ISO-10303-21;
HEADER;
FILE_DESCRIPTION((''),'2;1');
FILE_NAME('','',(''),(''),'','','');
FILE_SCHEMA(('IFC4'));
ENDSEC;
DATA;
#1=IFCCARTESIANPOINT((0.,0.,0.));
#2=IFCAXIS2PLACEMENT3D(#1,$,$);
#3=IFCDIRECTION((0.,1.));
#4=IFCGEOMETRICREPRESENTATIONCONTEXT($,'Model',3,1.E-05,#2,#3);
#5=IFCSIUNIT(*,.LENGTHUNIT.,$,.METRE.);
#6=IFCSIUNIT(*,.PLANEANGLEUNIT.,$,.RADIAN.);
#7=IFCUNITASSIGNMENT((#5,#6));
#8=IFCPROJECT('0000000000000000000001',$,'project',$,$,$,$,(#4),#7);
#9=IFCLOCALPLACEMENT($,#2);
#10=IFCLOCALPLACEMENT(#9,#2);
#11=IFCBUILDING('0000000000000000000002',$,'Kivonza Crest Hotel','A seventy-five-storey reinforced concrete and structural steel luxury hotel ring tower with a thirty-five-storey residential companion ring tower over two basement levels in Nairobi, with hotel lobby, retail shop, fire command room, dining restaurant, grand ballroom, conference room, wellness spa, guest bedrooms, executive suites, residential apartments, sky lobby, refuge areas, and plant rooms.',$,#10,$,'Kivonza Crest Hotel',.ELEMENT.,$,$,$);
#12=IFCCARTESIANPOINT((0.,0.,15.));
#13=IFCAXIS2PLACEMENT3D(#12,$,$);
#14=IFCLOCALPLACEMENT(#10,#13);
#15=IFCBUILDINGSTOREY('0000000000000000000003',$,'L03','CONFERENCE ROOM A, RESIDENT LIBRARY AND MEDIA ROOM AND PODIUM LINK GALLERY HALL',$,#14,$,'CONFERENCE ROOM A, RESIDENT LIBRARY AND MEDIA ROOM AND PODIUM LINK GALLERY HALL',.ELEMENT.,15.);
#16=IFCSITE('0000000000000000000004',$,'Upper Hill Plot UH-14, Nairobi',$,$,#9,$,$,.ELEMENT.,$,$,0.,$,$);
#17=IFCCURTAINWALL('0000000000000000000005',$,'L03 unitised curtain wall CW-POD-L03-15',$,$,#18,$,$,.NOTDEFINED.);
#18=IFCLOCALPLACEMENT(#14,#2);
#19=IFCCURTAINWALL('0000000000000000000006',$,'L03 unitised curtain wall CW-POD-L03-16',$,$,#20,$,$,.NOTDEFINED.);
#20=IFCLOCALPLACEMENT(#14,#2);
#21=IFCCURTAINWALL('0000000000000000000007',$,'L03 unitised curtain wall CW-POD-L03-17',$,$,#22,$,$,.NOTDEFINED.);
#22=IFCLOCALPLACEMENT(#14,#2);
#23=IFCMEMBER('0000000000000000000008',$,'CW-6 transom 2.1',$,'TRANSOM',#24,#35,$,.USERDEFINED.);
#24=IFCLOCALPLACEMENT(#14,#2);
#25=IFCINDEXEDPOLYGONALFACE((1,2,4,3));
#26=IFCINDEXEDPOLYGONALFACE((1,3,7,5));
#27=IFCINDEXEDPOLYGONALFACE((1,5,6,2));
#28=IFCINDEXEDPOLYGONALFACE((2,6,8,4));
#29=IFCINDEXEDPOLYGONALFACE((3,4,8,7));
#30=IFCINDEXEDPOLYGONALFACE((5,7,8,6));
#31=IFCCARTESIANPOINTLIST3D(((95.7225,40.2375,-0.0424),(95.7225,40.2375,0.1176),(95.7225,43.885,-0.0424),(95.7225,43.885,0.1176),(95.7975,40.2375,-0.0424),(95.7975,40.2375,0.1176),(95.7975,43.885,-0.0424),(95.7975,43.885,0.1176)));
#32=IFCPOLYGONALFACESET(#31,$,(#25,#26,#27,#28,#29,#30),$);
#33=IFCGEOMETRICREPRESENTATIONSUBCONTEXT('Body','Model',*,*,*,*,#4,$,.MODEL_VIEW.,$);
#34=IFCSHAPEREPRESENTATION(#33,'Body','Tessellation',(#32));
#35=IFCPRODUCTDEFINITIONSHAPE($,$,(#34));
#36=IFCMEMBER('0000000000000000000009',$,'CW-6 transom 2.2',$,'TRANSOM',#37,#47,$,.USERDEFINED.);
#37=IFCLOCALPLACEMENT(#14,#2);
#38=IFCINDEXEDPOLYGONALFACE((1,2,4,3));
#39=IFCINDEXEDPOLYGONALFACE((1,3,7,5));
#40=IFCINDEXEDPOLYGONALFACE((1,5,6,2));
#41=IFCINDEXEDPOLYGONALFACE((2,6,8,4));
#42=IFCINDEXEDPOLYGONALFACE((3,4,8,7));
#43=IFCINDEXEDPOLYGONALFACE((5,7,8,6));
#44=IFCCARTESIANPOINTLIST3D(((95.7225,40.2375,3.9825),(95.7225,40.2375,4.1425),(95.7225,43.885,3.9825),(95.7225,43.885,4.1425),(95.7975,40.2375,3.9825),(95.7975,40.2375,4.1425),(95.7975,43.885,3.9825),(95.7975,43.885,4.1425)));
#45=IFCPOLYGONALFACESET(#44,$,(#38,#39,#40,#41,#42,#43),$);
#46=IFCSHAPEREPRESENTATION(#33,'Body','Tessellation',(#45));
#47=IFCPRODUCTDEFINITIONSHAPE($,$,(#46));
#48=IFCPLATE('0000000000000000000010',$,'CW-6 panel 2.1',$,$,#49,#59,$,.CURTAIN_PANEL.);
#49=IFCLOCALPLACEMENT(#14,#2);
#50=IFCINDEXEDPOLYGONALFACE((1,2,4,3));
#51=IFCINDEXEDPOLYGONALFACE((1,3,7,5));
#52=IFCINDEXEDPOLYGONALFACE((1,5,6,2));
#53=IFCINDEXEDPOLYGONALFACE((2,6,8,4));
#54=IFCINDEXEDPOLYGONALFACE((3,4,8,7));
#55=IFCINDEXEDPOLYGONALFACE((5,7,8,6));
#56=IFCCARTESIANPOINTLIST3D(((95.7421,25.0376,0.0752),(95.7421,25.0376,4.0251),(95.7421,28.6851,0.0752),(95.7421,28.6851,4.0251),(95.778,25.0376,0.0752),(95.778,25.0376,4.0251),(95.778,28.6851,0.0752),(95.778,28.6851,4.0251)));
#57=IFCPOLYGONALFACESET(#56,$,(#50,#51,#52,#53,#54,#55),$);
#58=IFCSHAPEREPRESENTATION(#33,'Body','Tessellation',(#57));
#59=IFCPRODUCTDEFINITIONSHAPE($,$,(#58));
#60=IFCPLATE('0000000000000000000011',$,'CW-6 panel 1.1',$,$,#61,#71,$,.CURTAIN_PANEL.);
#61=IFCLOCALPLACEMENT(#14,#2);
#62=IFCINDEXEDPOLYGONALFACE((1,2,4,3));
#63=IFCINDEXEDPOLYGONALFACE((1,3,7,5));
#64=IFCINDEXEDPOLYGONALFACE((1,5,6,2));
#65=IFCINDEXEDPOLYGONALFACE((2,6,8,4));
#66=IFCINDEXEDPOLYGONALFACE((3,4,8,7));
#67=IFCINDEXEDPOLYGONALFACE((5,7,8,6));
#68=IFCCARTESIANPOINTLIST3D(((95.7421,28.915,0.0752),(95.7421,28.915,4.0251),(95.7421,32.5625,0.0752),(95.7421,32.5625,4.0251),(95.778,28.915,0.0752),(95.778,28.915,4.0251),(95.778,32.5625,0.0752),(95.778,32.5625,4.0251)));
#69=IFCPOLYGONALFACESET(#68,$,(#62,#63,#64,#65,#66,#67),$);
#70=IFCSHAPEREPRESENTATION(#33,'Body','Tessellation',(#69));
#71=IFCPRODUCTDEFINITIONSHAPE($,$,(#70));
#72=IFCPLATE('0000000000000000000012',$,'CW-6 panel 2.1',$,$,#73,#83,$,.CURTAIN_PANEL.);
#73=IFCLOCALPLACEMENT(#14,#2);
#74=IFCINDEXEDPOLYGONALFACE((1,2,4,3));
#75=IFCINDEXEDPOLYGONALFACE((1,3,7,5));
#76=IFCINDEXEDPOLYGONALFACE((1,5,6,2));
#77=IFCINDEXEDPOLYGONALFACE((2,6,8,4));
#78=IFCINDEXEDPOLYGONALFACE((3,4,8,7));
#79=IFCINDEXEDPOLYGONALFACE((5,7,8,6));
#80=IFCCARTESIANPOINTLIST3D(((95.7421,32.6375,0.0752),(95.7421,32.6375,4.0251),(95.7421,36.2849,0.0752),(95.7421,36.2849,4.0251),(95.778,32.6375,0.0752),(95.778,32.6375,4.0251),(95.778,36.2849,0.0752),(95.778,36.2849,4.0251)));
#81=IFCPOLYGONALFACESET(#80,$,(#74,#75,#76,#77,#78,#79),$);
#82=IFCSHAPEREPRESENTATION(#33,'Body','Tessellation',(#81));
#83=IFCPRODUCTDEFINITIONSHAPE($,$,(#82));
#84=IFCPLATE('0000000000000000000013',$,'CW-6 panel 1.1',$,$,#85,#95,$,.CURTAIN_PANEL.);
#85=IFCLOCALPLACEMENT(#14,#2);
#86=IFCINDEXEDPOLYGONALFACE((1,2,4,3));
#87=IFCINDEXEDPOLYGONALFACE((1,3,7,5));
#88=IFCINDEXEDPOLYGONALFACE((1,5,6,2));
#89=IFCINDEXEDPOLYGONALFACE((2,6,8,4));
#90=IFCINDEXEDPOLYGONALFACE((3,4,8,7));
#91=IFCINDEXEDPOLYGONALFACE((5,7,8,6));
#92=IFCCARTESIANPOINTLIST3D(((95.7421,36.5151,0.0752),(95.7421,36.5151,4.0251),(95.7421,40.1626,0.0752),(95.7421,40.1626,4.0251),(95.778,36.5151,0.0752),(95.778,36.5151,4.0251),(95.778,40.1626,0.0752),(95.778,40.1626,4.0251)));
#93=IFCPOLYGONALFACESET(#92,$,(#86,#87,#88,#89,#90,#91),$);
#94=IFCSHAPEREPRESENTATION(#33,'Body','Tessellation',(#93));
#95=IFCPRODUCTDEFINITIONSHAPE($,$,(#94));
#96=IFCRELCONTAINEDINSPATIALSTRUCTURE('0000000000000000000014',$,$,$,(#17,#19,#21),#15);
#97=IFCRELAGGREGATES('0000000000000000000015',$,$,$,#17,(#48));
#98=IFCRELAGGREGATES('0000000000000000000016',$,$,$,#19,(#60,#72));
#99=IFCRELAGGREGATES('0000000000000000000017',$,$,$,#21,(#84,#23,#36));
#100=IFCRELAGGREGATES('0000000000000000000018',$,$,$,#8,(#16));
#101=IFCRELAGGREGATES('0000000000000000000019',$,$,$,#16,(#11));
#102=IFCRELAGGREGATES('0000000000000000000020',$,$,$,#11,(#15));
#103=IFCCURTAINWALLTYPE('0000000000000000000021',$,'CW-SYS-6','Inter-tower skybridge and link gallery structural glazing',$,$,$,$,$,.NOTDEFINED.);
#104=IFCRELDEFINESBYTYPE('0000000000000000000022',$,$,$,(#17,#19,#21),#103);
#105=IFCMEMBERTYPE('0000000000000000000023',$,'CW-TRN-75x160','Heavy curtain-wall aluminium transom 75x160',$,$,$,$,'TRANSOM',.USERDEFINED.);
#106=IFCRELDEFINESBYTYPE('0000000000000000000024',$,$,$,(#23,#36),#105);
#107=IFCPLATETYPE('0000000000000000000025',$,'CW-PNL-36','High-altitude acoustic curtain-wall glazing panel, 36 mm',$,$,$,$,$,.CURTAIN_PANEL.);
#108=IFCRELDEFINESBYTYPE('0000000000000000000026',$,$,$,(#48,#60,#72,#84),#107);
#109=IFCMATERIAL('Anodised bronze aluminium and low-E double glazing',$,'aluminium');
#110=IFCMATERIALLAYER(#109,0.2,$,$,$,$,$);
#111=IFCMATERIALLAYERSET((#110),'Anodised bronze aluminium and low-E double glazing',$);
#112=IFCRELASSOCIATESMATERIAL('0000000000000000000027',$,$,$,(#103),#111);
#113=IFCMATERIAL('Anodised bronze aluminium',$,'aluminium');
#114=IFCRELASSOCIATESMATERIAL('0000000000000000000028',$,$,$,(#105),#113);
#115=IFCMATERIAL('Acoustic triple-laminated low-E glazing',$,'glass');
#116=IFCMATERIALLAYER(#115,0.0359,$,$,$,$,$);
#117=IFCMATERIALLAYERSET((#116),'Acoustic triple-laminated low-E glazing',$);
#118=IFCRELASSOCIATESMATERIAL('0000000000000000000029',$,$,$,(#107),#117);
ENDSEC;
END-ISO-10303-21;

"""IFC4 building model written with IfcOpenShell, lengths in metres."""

from ifc_helpers import new_model, si_unit, direction, frame, origin, origin_2d, place, context, subcontext, project, spatial, rectangle, extrude, material, layer, layer_set, material_profile, profile_set, type_object, element, aggregate, save


model = new_model("IFC4")

# Units and contexts
model_context = context("Model", 3, precision=1e-05, world=origin(), true_north=direction((0.0, 1.0)))
body_context = subcontext(model_context, "Body", "Model", "MODEL_VIEW")
ifc_project = project(units=[si_unit("LENGTHUNIT", "METRE"), si_unit("PLANEANGLEUNIT", "RADIAN")], contexts=[model_context])

# Site, building, storey
site_placement = place(None, origin())
site = spatial("IfcSite", under=ifc_project, at=site_placement, Name="Upper Hill Plot UH-14, Nairobi", CompositionType="ELEMENT", RefElevation=0.0)
building_placement = place(site_placement, origin())
building = spatial("IfcBuilding", under=site, at=building_placement, Name="Kivonza Crest Hotel", Description="A seventy-five-storey reinforced concrete and structural steel luxury hotel ring tower with a thirty-five-storey residential companion ring tower over two basement levels in Nairobi, with hotel lobby, retail shop, fire command room, dining restaurant, grand ballroom, conference room, wellness spa, guest bedrooms, executive suites, residential apartments, sky lobby, refuge areas, and plant rooms.", LongName="Kivonza Crest Hotel", CompositionType="ELEMENT")
storey_placement = place(building_placement, frame((0.0, 0.0, 15.0)))
storey = spatial("IfcBuildingStorey", under=building, at=storey_placement, Name="L03", Description="CONFERENCE ROOM A, RESIDENT LIBRARY AND MEDIA ROOM AND PODIUM LINK GALLERY HALL", LongName="CONFERENCE ROOM A, RESIDENT LIBRARY AND MEDIA ROOM AND PODIUM LINK GALLERY HALL", CompositionType="ELEMENT", Elevation=15.0)

# Curtain walls
ifc_material_1 = material(Name="Anodised bronze aluminium and low-E double glazing", Category="aluminium")
ifc_layer_1 = layer(ifc_material_1, 0.2)
ifc_layer_set_1 = layer_set([ifc_layer_1], Name="Anodised bronze aluminium and low-E double glazing")
curtain_wall_type = type_object("IfcCurtainWallType", Name="CW-SYS-6", Description="Inter-tower skybridge and link gallery structural glazing", PredefinedType="NOTDEFINED", material=ifc_layer_set_1)
curtain_wall_1_placement = place(storey_placement, origin())
curtain_wall_1 = element("IfcCurtainWall", 1, at=curtain_wall_1_placement, inside=storey, type_object=curtain_wall_type, Name="L03 unitised curtain wall CW-POD-L03-15", PredefinedType="NOTDEFINED")
ifc_material_2 = material(Name="Anodised bronze aluminium", Category="aluminium")
curtain_wall_2_placement = place(storey_placement, origin())
curtain_wall_2 = element("IfcCurtainWall", 2, at=curtain_wall_2_placement, inside=storey, type_object=curtain_wall_type, Name="L03 unitised curtain wall CW-POD-L03-16", PredefinedType="NOTDEFINED")
curtain_wall_3_placement = place(storey_placement, origin())
curtain_wall_3 = element("IfcCurtainWall", 3, at=curtain_wall_3_placement, inside=storey, type_object=curtain_wall_type, Name="L03 unitised curtain wall CW-POD-L03-17", PredefinedType="NOTDEFINED")

# Members
ifc_material_profile_1 = material_profile(ifc_material_2, rectangle(XDim=0.075, YDim=0.1599, at=origin_2d()), Name="CW-T 75x160")
ifc_profile_set_1 = profile_set([ifc_material_profile_1], Name="Anodised bronze aluminium")
member_type_1 = type_object("IfcMemberType", Name="CW-TRN-75x160", Description="Heavy curtain-wall aluminium transom 75x160", ElementType="TRANSOM", PredefinedType="USERDEFINED", material=ifc_profile_set_1)
member_1_placement = place(storey_placement, frame((95.76, 40.2375, 0.0376), z_axis=(0.0, 1.0, 0.0), x_axis=(-1.0, 0.0, 0.0)))
member_1 = element("IfcMember", 4, at=member_1_placement, type_object=member_type_1, Name="CW-6 transom 2.1", ObjectType="TRANSOM", PredefinedType="USERDEFINED", context=body_context, shape_type="SweptSolid", body=[
    extrude(rectangle(XDim=0.075, YDim=0.1599, at=origin_2d()), origin(), (0.0, 0.0, 1.0), 3.6475),
])
member_2_placement = place(storey_placement, frame((95.76, 40.2375, 4.0625), z_axis=(0.0, 1.0, 0.0), x_axis=(-1.0, 0.0, 0.0)))
member_2 = element("IfcMember", 5, at=member_2_placement, type_object=member_type_1, Name="CW-6 transom 2.2", ObjectType="TRANSOM", PredefinedType="USERDEFINED", context=body_context, shape_type="SweptSolid", body=[
    extrude(rectangle(XDim=0.075, YDim=0.1599, at=origin_2d()), origin(), (0.0, 0.0, 1.0), 3.6475),
])

# Plates
ifc_material_3 = material(Name="Acoustic triple-laminated low-E glazing", Category="glass")
ifc_layer_2 = layer(ifc_material_3, 0.0359)
ifc_layer_set_2 = layer_set([ifc_layer_2], Name="Acoustic triple-laminated low-E glazing")
plate_type = type_object("IfcPlateType", Name="CW-PNL-36", Description="High-altitude acoustic curtain-wall glazing panel, 36 mm", PredefinedType="CURTAIN_PANEL", material=ifc_layer_set_2)
plate_1_placement = place(storey_placement, frame((95.76, 26.8613, 0.0752), z_axis=(0.0, 0.0, 1.0), x_axis=(0.0, 1.0, 0.0)))
plate_1 = element("IfcPlate", 6, at=plate_1_placement, type_object=plate_type, Name="CW-6 panel 2.1", PredefinedType="CURTAIN_PANEL", context=body_context, shape_type="SweptSolid", body=[
    extrude(rectangle(XDim=3.6475, YDim=0.0359, at=origin_2d()), origin(), (0.0, 0.0, 1.0), 3.95),
])
aggregate(curtain_wall_1, [plate_1])
plate_2_placement = place(storey_placement, frame((95.76, 30.7388, 0.0752), z_axis=(0.0, 0.0, 1.0), x_axis=(0.0, 1.0, 0.0)))
plate_2 = element("IfcPlate", 7, at=plate_2_placement, type_object=plate_type, Name="CW-6 panel 1.1", PredefinedType="CURTAIN_PANEL", context=body_context, shape_type="SweptSolid", body=[
    extrude(rectangle(XDim=3.6475, YDim=0.0359, at=origin_2d()), origin(), (0.0, 0.0, 1.0), 3.95),
])
plate_3_placement = place(storey_placement, frame((95.76, 34.4612, 0.0752), z_axis=(0.0, 0.0, 1.0), x_axis=(0.0, 1.0, 0.0)))
plate_3 = element("IfcPlate", 8, at=plate_3_placement, type_object=plate_type, Name="CW-6 panel 2.1", PredefinedType="CURTAIN_PANEL", context=body_context, shape_type="SweptSolid", body=[
    extrude(rectangle(XDim=3.6475, YDim=0.0359, at=origin_2d()), origin(), (0.0, 0.0, 1.0), 3.95),
])
aggregate(curtain_wall_2, [plate_2, plate_3])
plate_4_placement = place(storey_placement, frame((95.76, 38.3389, 0.0752), z_axis=(0.0, 0.0, 1.0), x_axis=(0.0, 1.0, 0.0)))
plate_4 = element("IfcPlate", 9, at=plate_4_placement, type_object=plate_type, Name="CW-6 panel 1.1", PredefinedType="CURTAIN_PANEL", context=body_context, shape_type="SweptSolid", body=[
    extrude(rectangle(XDim=3.6475, YDim=0.0359, at=origin_2d()), origin(), (0.0, 0.0, 1.0), 3.95),
])
aggregate(curtain_wall_3, [plate_4, member_1, member_2])

save(model, "model.ifc")
